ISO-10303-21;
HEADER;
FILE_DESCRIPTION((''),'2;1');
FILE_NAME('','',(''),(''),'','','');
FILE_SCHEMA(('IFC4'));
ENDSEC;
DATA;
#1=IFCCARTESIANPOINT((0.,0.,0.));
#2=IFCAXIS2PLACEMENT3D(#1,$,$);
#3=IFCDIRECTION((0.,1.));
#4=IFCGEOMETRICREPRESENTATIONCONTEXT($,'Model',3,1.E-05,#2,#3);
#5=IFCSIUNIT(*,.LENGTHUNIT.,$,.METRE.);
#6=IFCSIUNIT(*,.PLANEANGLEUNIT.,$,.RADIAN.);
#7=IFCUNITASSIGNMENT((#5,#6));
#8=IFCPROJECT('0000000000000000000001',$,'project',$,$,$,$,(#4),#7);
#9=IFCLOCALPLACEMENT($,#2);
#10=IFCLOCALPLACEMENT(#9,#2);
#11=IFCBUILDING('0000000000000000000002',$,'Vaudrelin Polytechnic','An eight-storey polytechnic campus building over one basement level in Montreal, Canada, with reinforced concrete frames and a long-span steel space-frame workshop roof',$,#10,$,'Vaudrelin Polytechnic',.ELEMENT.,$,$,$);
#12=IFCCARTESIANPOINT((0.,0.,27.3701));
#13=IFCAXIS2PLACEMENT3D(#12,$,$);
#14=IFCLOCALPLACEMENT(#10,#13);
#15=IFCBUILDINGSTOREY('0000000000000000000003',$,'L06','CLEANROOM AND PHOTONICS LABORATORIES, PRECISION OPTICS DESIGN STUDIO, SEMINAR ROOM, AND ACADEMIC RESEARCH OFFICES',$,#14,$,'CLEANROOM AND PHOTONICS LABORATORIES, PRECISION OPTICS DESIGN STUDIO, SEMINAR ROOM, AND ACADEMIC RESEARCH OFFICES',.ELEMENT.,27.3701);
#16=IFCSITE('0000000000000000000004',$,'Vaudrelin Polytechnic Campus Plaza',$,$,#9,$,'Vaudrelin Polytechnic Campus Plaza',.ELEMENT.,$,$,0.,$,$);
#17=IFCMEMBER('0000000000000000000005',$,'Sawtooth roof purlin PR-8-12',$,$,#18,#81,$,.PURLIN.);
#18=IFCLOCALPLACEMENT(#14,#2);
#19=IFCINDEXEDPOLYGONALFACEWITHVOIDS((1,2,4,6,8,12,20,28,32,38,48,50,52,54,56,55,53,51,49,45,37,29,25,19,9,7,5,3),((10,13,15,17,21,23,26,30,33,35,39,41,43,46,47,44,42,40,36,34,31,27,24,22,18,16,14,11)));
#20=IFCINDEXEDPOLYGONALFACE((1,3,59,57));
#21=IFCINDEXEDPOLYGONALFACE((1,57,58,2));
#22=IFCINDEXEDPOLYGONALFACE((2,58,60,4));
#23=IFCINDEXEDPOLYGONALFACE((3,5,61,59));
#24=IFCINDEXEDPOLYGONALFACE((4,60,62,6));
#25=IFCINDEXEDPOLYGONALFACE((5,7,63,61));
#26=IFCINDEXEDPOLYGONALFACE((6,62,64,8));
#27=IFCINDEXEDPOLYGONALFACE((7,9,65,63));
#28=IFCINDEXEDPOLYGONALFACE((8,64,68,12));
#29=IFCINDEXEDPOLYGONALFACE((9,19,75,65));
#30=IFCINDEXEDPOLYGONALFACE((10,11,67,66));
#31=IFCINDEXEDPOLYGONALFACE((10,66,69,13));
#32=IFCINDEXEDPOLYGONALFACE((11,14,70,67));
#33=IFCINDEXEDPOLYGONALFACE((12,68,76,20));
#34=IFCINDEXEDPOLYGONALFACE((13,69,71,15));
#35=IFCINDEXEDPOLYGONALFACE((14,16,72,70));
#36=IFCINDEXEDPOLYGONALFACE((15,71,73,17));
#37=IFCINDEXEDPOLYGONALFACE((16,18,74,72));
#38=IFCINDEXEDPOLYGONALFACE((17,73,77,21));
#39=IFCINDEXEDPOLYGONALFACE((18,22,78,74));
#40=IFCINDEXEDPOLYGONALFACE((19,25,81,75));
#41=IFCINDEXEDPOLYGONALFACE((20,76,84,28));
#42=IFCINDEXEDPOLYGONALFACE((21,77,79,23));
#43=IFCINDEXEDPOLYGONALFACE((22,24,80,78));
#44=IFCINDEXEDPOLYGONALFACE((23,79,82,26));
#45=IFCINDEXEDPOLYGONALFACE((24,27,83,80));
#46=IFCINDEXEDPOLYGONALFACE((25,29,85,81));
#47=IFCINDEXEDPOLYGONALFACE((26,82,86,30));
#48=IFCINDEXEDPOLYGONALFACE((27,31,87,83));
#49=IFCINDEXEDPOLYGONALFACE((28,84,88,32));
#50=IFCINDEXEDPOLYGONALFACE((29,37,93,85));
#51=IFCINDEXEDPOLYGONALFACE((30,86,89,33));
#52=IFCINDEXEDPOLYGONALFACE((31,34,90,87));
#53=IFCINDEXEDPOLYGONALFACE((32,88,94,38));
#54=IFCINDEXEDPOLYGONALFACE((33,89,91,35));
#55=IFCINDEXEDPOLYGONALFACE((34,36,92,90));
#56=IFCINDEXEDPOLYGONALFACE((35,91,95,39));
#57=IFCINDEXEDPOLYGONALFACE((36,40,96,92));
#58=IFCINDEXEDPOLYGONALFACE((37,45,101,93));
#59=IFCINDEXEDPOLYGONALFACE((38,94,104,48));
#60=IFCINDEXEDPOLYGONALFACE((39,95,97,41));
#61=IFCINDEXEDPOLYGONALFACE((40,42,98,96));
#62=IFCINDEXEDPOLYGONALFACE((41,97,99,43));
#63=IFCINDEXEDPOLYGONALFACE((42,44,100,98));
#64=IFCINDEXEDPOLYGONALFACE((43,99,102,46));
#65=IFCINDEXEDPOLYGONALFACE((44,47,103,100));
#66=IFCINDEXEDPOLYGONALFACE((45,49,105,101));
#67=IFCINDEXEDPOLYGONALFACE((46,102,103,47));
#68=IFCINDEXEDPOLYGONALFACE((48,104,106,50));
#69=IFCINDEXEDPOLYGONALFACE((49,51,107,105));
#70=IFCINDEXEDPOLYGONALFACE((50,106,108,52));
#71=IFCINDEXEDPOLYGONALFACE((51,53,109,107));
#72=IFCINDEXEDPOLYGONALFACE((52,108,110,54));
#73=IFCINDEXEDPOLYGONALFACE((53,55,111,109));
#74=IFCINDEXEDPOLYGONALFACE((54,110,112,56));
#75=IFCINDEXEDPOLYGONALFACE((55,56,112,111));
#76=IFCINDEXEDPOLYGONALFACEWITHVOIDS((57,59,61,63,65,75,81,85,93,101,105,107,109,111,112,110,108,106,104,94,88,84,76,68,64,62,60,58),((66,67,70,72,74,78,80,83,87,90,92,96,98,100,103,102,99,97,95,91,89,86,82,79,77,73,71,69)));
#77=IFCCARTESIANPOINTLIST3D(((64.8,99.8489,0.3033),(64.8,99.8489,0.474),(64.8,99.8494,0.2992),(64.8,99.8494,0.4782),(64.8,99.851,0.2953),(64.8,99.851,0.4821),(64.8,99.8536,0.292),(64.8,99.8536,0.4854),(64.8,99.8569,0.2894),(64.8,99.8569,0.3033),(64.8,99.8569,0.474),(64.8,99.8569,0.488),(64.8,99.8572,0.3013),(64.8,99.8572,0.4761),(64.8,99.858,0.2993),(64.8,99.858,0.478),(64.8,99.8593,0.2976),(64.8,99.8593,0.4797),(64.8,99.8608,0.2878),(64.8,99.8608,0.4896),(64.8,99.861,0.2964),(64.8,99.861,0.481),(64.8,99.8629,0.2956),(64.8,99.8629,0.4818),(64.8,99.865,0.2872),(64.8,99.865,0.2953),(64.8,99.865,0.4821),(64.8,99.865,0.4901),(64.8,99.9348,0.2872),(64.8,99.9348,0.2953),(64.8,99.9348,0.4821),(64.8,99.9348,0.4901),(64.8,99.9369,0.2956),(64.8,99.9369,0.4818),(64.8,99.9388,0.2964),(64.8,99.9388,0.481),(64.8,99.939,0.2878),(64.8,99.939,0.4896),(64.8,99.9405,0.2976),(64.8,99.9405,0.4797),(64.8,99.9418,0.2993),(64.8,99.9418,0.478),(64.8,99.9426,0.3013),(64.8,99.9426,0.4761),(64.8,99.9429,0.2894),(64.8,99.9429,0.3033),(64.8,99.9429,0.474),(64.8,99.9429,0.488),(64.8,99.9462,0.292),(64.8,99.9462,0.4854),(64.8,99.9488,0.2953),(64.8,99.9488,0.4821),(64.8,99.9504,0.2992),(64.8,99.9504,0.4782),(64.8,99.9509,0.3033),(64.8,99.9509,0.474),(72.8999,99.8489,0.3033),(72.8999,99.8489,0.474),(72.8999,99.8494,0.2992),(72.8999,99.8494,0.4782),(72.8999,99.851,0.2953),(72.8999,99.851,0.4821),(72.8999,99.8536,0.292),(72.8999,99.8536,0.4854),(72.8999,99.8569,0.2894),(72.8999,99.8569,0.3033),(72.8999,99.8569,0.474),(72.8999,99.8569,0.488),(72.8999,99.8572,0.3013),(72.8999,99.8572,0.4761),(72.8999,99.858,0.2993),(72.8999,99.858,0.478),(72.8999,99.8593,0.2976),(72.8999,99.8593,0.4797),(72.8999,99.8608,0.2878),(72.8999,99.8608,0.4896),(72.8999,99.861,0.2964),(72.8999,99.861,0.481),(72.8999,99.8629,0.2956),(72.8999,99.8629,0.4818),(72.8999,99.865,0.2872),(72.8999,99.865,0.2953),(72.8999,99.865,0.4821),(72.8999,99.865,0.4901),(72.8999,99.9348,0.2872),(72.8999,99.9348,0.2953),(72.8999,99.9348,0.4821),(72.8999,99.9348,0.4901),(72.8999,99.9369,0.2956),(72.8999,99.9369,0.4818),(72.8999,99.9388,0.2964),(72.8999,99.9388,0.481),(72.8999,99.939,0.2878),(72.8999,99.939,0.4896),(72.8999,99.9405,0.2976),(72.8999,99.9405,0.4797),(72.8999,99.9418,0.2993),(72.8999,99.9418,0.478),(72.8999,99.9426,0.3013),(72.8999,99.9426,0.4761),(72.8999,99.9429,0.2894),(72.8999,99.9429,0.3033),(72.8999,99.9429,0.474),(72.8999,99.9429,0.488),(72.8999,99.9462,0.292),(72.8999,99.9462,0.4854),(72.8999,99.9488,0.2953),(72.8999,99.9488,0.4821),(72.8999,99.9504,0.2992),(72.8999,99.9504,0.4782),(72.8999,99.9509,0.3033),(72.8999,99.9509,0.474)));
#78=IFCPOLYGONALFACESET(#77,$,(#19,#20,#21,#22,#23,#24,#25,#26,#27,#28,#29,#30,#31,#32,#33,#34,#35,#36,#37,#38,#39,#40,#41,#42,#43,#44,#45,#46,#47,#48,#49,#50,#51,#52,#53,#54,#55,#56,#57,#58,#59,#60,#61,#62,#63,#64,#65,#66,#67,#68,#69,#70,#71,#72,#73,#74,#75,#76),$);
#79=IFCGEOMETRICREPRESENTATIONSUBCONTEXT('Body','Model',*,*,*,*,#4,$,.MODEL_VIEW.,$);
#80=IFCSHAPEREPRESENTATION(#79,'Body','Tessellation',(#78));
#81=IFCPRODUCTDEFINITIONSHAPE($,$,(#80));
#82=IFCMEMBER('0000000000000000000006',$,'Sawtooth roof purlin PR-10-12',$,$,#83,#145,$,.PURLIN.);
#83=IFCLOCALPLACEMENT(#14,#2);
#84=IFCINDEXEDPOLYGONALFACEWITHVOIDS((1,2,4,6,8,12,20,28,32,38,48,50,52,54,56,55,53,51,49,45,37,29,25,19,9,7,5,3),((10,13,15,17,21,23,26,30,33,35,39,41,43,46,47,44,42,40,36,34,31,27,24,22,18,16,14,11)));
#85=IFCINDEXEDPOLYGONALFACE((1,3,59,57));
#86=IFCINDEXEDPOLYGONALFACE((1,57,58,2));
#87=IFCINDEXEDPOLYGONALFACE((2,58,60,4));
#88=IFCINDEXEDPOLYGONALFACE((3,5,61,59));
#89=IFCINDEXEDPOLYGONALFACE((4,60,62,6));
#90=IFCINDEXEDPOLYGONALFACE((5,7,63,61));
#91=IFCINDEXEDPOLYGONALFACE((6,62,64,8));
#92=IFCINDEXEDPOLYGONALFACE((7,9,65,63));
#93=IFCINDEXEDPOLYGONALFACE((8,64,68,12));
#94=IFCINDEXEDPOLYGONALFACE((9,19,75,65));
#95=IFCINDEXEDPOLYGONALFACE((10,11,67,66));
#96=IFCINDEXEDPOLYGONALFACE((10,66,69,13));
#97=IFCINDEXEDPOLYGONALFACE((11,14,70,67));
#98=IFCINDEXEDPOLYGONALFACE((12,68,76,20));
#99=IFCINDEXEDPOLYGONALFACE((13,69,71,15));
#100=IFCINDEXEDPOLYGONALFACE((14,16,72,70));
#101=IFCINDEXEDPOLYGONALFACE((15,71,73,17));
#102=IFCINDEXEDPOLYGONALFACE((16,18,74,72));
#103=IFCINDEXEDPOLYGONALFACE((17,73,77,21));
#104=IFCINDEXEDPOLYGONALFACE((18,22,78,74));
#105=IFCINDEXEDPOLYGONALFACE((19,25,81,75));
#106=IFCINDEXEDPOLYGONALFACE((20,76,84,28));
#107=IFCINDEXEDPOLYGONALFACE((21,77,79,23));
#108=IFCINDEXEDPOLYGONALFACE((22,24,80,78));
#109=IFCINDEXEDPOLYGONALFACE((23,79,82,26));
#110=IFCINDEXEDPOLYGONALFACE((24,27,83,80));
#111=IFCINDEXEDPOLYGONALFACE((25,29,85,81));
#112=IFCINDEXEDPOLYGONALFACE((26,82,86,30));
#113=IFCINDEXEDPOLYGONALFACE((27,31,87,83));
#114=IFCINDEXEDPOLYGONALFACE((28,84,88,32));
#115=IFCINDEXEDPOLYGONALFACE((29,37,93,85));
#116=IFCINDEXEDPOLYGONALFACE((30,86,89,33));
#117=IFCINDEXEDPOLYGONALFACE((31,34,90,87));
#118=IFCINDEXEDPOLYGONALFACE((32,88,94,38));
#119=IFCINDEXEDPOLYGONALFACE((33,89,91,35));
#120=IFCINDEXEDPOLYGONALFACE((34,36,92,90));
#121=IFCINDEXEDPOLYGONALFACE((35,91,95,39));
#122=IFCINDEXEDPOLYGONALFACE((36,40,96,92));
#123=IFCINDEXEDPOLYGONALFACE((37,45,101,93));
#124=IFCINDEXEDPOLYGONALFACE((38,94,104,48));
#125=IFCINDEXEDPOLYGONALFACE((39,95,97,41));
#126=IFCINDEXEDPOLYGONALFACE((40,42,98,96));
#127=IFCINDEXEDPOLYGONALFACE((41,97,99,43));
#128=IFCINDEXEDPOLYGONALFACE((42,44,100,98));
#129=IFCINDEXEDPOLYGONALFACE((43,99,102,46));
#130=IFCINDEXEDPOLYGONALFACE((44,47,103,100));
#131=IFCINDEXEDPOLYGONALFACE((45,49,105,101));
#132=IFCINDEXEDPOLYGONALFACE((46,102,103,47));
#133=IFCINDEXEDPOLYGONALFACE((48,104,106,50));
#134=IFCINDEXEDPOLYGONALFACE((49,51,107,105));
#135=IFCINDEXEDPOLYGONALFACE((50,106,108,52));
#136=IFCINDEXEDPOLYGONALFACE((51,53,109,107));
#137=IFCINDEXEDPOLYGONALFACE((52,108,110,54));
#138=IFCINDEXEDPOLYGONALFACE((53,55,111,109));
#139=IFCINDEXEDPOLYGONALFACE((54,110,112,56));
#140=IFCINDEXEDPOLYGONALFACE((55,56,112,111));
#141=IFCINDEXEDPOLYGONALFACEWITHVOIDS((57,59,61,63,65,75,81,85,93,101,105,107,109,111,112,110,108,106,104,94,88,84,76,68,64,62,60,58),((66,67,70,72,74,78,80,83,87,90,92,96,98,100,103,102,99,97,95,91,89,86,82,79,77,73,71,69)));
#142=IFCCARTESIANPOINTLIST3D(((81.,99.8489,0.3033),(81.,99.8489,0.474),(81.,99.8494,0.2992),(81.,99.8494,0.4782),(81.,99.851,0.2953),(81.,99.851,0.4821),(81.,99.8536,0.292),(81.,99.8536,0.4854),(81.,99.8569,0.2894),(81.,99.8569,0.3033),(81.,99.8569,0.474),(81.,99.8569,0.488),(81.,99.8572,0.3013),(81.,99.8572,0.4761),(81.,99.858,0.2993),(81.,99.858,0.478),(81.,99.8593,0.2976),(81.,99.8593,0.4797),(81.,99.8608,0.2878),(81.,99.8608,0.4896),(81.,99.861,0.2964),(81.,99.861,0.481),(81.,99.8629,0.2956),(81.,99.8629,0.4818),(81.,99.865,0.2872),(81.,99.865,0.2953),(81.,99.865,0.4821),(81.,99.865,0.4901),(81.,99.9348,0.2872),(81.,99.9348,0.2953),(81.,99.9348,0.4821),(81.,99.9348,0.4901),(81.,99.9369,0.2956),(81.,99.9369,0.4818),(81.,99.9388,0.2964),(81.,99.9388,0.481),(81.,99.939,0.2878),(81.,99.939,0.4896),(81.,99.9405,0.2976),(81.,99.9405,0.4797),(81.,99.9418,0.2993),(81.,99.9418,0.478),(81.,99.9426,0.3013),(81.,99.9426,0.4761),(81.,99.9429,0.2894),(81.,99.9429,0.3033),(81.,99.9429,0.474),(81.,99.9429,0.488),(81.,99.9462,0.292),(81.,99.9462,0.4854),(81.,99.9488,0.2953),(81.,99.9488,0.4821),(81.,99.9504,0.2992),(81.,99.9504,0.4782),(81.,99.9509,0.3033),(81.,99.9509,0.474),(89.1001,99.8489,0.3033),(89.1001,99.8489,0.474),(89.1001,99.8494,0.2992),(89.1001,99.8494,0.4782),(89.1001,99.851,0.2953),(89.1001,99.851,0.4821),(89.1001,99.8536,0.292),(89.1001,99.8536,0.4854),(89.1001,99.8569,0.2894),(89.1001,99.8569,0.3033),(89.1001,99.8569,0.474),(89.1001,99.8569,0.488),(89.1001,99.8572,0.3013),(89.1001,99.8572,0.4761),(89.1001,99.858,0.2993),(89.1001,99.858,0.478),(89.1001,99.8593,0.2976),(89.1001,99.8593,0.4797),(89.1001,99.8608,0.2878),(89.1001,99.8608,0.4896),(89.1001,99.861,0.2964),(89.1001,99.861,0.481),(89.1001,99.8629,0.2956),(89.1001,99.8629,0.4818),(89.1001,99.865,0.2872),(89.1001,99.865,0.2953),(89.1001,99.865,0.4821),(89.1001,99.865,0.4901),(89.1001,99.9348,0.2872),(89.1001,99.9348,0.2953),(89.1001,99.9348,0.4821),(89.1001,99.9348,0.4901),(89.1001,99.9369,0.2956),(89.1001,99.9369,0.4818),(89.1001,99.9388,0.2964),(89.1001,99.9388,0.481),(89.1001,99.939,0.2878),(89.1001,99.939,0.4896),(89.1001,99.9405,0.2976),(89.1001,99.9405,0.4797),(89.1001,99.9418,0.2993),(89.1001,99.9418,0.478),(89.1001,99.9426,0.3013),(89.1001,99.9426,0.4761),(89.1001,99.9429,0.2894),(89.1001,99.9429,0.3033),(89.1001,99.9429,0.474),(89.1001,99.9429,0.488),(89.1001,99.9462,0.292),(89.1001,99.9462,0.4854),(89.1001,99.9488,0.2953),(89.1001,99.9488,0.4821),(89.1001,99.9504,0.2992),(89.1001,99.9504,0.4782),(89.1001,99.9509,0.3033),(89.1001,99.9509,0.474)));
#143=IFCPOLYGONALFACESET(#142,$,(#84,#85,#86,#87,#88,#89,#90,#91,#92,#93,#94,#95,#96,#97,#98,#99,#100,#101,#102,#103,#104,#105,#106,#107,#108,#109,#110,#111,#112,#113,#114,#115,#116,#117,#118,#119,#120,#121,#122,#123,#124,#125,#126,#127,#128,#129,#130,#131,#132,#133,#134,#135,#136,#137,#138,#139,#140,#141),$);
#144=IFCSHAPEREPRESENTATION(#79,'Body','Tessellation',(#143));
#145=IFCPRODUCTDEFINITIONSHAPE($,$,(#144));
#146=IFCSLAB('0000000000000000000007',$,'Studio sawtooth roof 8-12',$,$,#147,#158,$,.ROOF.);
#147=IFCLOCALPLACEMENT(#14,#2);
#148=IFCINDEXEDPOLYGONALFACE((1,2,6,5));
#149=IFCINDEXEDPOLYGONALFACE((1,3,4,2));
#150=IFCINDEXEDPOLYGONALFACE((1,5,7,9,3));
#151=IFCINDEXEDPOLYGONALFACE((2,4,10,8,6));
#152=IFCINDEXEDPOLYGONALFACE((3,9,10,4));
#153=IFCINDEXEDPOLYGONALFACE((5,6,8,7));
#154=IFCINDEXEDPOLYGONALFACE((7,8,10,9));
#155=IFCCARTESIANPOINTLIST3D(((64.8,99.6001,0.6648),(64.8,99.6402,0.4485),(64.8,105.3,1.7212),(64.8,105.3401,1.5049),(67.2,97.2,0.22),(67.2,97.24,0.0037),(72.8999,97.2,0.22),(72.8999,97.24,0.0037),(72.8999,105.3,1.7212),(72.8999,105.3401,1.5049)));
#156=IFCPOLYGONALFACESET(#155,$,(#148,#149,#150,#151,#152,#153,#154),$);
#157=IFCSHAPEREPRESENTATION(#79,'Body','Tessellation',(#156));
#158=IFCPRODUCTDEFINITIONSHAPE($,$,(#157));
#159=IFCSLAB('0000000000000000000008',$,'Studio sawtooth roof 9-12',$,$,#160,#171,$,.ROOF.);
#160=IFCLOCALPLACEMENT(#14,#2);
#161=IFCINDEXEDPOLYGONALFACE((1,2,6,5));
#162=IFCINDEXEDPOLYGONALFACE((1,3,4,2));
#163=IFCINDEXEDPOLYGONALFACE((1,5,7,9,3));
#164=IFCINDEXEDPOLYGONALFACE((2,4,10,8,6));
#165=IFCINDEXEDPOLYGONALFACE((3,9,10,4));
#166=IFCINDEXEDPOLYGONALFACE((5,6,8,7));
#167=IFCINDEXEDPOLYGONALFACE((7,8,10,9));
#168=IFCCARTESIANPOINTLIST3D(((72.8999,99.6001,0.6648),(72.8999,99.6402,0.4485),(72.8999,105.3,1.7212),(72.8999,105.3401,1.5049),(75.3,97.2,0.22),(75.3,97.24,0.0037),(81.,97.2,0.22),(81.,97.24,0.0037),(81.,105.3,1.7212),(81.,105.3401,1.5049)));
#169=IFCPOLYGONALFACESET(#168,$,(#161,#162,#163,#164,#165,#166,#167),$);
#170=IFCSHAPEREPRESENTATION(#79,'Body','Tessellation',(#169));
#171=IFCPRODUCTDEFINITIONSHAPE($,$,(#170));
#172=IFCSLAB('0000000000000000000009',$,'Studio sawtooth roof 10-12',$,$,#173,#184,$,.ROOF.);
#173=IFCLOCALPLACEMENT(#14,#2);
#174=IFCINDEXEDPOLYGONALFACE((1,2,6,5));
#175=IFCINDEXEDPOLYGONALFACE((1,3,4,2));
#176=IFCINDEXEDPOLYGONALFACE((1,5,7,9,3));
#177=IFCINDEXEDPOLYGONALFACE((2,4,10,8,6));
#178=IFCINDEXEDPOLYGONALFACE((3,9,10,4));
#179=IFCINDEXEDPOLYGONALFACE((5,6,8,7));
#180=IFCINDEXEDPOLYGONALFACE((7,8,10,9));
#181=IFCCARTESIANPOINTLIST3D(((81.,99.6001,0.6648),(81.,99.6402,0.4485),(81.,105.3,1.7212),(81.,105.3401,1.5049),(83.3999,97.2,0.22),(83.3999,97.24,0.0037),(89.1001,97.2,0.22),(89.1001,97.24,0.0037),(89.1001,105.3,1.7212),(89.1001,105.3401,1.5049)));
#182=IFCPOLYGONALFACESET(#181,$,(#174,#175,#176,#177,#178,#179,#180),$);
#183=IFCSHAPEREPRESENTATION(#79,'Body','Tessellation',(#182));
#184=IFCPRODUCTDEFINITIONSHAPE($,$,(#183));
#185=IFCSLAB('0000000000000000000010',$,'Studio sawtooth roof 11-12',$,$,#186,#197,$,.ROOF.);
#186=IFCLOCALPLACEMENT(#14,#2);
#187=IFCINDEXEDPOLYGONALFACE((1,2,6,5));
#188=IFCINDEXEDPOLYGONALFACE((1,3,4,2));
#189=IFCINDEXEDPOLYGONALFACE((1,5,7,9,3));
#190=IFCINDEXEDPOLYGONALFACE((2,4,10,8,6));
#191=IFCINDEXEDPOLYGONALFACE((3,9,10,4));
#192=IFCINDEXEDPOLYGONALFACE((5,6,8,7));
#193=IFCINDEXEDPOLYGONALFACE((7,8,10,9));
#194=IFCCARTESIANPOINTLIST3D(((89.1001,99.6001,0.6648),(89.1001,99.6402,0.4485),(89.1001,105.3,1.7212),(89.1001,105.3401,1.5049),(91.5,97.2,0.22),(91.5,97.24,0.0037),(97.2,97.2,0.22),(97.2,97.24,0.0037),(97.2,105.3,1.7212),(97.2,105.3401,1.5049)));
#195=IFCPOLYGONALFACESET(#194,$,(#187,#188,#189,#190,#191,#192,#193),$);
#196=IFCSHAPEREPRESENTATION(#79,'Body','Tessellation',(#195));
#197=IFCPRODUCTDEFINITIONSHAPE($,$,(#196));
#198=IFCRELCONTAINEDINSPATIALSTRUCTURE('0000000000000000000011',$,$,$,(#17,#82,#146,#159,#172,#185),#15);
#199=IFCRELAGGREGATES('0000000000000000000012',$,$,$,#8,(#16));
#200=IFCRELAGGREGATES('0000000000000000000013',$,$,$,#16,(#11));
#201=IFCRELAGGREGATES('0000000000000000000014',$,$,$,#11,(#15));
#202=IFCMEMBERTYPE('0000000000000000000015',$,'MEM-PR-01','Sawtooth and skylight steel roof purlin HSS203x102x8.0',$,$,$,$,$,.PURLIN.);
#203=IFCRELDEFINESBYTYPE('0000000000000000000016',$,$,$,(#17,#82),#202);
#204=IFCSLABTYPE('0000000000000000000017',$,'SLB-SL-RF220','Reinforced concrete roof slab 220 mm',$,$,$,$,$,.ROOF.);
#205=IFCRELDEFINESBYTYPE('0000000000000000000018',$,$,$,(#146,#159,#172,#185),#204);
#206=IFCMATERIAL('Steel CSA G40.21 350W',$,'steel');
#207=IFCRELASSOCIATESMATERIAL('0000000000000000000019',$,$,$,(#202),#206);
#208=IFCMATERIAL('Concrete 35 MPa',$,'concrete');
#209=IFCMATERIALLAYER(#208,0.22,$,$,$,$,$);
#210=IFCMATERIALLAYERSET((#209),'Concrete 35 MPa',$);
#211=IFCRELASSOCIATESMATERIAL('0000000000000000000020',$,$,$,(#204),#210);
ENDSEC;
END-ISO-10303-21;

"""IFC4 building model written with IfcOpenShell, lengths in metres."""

from ifc_helpers import new_model, si_unit, direction, frame, origin, origin_2d, place, context, subcontext, project, spatial, polyline, hollow_rectangle, outline, extrude, material, layer, layer_set, material_profile, profile_set, type_object, element, save


model = new_model("IFC4")

# Units and contexts
model_context = context("Model", 3, precision=1e-05, world=origin(), true_north=direction((0.0, 1.0)))
body_context = subcontext(model_context, "Body", "Model", "MODEL_VIEW")
ifc_project = project(units=[si_unit("LENGTHUNIT", "METRE"), si_unit("PLANEANGLEUNIT", "RADIAN")], contexts=[model_context])

# Site, building, storey
site_placement = place(None, origin())
site = spatial("IfcSite", under=ifc_project, at=site_placement, Name="Vaudrelin Polytechnic Campus Plaza", LongName="Vaudrelin Polytechnic Campus Plaza", CompositionType="ELEMENT", RefElevation=0.0)
building_placement = place(site_placement, origin())
building = spatial("IfcBuilding", under=site, at=building_placement, Name="Vaudrelin Polytechnic", Description="An eight-storey polytechnic campus building over one basement level in Montreal, Canada, with reinforced concrete frames and a long-span steel space-frame workshop roof", LongName="Vaudrelin Polytechnic", CompositionType="ELEMENT")
storey_placement = place(building_placement, frame((0.0, 0.0, 27.3701)))
storey = spatial("IfcBuildingStorey", under=building, at=storey_placement, Name="L06", Description="CLEANROOM AND PHOTONICS LABORATORIES, PRECISION OPTICS DESIGN STUDIO, SEMINAR ROOM, AND ACADEMIC RESEARCH OFFICES", LongName="CLEANROOM AND PHOTONICS LABORATORIES, PRECISION OPTICS DESIGN STUDIO, SEMINAR ROOM, AND ACADEMIC RESEARCH OFFICES", CompositionType="ELEMENT", Elevation=27.3701)

# Shared definitions
ifc_material_1 = material(Name="Steel CSA G40.21 350W", Category="steel")

# Members
ifc_material_profile_1 = material_profile(ifc_material_1, hollow_rectangle(XDim=0.1021, YDim=0.2029, WallThickness=0.0081, InnerFilletRadius=0.0081, OuterFilletRadius=0.0161, at=origin_2d()), Name="HSS203x102x8.0")
ifc_profile_set_1 = profile_set([ifc_material_profile_1], Name="Steel CSA G40.21 350W")
member_type = type_object("IfcMemberType", Name="MEM-PR-01", Description="Sawtooth and skylight steel roof purlin HSS203x102x8.0", PredefinedType="PURLIN", material=ifc_profile_set_1)
member_1_placement = place(storey_placement, frame((64.8, 99.8999, 0.3887), z_axis=(1.0, 0.0, 0.0), x_axis=(0.0, 1.0, 0.0)))
element("IfcMember", 1, at=member_1_placement, inside=storey, type_object=member_type, Name="Sawtooth roof purlin PR-8-12", PredefinedType="PURLIN", context=body_context, shape_type="SweptSolid", body=[
    extrude(hollow_rectangle(XDim=0.1021, YDim=0.2029, WallThickness=0.0081, InnerFilletRadius=0.0081, OuterFilletRadius=0.0161, at=origin_2d()), origin(), (0.0, 0.0, 1.0), 8.0999),
])
member_2_placement = place(storey_placement, frame((81.0, 99.8999, 0.3887), z_axis=(1.0, 0.0, 0.0), x_axis=(0.0, 1.0, 0.0)))
element("IfcMember", 2, at=member_2_placement, inside=storey, type_object=member_type, Name="Sawtooth roof purlin PR-10-12", PredefinedType="PURLIN", context=body_context, shape_type="SweptSolid", body=[
    extrude(hollow_rectangle(XDim=0.1021, YDim=0.2029, WallThickness=0.0081, InnerFilletRadius=0.0081, OuterFilletRadius=0.0161, at=origin_2d()), origin(), (0.0, 0.0, 1.0), 8.1001),
])

# Slabs
ifc_material_2 = material(Name="Concrete 35 MPa", Category="concrete")
ifc_layer_1 = layer(ifc_material_2, 0.22)
ifc_layer_set_1 = layer_set([ifc_layer_1], Name="Concrete 35 MPa")
slab_type = type_object("IfcSlabType", Name="SLB-SL-RF220", Description="Reinforced concrete roof slab 220 mm", PredefinedType="ROOF", material=ifc_layer_set_1)
slab_1_placement = place(storey_placement, frame((64.8, 99.6001, 0.6648), z_axis=(0.0, -0.18223, 0.983256), x_axis=(0.701076, -0.701147, -0.129946)))
element("IfcSlab", 3, at=slab_1_placement, inside=storey, type_object=slab_type, Name="Studio sawtooth roof 8-12", PredefinedType="ROOF", context=body_context, shape_type="SweptSolid", body=[
    extrude(outline(polyline([(0.0, 0.0), (3.4232, 0.0), (7.4193, 4.0646), (1.5448, 9.84), (-4.1338, 4.0641), (0.0, 0.0)])), origin(), (0.0, 0.0, -1.0), 0.22),
])
slab_2_placement = place(storey_placement, frame((72.8999, 99.6001, 0.6648), z_axis=(0.0, -0.18223, 0.983256), x_axis=(0.701112, -0.701112, -0.129939)))
element("IfcSlab", 4, at=slab_2_placement, inside=storey, type_object=slab_type, Name="Studio sawtooth roof 9-12", PredefinedType="ROOF", context=body_context, shape_type="SweptSolid", body=[
    extrude(outline(polyline([(0.0, 0.0), (3.4233, 0.0), (7.4196, 4.0644), (1.5455, 9.8401), (-4.1336, 4.0644), (0.0, 0.0)])), origin(), (0.0, 0.0, -1.0), 0.22),
])
slab_3_placement = place(storey_placement, frame((81.0, 99.6001, 0.6648), z_axis=(0.0, -0.18223, 0.983256), x_axis=(0.701076, -0.701147, -0.129946)))
element("IfcSlab", 5, at=slab_3_placement, inside=storey, type_object=slab_type, Name="Studio sawtooth roof 10-12", PredefinedType="ROOF", context=body_context, shape_type="SweptSolid", body=[
    extrude(outline(polyline([(0.0, 0.0), (3.4232, 0.0), (7.4194, 4.0647), (1.545, 9.8402), (-4.1338, 4.0641), (0.0, 0.0)])), origin(), (0.0, 0.0, -1.0), 0.22),
])
slab_4_placement = place(storey_placement, frame((89.1001, 99.6001, 0.6648), z_axis=(0.0, -0.18223, 0.983256), x_axis=(0.701076, -0.701147, -0.129946)))
element("IfcSlab", 6, at=slab_4_placement, inside=storey, type_object=slab_type, Name="Studio sawtooth roof 11-12", PredefinedType="ROOF", context=body_context, shape_type="SweptSolid", body=[
    extrude(outline(polyline([(0.0, 0.0), (3.4232, 0.0), (7.4193, 4.0646), (1.5448, 9.84), (-4.1338, 4.0641), (0.0, 0.0)])), origin(), (0.0, 0.0, -1.0), 0.22),
])

save(model, "model.ifc")
